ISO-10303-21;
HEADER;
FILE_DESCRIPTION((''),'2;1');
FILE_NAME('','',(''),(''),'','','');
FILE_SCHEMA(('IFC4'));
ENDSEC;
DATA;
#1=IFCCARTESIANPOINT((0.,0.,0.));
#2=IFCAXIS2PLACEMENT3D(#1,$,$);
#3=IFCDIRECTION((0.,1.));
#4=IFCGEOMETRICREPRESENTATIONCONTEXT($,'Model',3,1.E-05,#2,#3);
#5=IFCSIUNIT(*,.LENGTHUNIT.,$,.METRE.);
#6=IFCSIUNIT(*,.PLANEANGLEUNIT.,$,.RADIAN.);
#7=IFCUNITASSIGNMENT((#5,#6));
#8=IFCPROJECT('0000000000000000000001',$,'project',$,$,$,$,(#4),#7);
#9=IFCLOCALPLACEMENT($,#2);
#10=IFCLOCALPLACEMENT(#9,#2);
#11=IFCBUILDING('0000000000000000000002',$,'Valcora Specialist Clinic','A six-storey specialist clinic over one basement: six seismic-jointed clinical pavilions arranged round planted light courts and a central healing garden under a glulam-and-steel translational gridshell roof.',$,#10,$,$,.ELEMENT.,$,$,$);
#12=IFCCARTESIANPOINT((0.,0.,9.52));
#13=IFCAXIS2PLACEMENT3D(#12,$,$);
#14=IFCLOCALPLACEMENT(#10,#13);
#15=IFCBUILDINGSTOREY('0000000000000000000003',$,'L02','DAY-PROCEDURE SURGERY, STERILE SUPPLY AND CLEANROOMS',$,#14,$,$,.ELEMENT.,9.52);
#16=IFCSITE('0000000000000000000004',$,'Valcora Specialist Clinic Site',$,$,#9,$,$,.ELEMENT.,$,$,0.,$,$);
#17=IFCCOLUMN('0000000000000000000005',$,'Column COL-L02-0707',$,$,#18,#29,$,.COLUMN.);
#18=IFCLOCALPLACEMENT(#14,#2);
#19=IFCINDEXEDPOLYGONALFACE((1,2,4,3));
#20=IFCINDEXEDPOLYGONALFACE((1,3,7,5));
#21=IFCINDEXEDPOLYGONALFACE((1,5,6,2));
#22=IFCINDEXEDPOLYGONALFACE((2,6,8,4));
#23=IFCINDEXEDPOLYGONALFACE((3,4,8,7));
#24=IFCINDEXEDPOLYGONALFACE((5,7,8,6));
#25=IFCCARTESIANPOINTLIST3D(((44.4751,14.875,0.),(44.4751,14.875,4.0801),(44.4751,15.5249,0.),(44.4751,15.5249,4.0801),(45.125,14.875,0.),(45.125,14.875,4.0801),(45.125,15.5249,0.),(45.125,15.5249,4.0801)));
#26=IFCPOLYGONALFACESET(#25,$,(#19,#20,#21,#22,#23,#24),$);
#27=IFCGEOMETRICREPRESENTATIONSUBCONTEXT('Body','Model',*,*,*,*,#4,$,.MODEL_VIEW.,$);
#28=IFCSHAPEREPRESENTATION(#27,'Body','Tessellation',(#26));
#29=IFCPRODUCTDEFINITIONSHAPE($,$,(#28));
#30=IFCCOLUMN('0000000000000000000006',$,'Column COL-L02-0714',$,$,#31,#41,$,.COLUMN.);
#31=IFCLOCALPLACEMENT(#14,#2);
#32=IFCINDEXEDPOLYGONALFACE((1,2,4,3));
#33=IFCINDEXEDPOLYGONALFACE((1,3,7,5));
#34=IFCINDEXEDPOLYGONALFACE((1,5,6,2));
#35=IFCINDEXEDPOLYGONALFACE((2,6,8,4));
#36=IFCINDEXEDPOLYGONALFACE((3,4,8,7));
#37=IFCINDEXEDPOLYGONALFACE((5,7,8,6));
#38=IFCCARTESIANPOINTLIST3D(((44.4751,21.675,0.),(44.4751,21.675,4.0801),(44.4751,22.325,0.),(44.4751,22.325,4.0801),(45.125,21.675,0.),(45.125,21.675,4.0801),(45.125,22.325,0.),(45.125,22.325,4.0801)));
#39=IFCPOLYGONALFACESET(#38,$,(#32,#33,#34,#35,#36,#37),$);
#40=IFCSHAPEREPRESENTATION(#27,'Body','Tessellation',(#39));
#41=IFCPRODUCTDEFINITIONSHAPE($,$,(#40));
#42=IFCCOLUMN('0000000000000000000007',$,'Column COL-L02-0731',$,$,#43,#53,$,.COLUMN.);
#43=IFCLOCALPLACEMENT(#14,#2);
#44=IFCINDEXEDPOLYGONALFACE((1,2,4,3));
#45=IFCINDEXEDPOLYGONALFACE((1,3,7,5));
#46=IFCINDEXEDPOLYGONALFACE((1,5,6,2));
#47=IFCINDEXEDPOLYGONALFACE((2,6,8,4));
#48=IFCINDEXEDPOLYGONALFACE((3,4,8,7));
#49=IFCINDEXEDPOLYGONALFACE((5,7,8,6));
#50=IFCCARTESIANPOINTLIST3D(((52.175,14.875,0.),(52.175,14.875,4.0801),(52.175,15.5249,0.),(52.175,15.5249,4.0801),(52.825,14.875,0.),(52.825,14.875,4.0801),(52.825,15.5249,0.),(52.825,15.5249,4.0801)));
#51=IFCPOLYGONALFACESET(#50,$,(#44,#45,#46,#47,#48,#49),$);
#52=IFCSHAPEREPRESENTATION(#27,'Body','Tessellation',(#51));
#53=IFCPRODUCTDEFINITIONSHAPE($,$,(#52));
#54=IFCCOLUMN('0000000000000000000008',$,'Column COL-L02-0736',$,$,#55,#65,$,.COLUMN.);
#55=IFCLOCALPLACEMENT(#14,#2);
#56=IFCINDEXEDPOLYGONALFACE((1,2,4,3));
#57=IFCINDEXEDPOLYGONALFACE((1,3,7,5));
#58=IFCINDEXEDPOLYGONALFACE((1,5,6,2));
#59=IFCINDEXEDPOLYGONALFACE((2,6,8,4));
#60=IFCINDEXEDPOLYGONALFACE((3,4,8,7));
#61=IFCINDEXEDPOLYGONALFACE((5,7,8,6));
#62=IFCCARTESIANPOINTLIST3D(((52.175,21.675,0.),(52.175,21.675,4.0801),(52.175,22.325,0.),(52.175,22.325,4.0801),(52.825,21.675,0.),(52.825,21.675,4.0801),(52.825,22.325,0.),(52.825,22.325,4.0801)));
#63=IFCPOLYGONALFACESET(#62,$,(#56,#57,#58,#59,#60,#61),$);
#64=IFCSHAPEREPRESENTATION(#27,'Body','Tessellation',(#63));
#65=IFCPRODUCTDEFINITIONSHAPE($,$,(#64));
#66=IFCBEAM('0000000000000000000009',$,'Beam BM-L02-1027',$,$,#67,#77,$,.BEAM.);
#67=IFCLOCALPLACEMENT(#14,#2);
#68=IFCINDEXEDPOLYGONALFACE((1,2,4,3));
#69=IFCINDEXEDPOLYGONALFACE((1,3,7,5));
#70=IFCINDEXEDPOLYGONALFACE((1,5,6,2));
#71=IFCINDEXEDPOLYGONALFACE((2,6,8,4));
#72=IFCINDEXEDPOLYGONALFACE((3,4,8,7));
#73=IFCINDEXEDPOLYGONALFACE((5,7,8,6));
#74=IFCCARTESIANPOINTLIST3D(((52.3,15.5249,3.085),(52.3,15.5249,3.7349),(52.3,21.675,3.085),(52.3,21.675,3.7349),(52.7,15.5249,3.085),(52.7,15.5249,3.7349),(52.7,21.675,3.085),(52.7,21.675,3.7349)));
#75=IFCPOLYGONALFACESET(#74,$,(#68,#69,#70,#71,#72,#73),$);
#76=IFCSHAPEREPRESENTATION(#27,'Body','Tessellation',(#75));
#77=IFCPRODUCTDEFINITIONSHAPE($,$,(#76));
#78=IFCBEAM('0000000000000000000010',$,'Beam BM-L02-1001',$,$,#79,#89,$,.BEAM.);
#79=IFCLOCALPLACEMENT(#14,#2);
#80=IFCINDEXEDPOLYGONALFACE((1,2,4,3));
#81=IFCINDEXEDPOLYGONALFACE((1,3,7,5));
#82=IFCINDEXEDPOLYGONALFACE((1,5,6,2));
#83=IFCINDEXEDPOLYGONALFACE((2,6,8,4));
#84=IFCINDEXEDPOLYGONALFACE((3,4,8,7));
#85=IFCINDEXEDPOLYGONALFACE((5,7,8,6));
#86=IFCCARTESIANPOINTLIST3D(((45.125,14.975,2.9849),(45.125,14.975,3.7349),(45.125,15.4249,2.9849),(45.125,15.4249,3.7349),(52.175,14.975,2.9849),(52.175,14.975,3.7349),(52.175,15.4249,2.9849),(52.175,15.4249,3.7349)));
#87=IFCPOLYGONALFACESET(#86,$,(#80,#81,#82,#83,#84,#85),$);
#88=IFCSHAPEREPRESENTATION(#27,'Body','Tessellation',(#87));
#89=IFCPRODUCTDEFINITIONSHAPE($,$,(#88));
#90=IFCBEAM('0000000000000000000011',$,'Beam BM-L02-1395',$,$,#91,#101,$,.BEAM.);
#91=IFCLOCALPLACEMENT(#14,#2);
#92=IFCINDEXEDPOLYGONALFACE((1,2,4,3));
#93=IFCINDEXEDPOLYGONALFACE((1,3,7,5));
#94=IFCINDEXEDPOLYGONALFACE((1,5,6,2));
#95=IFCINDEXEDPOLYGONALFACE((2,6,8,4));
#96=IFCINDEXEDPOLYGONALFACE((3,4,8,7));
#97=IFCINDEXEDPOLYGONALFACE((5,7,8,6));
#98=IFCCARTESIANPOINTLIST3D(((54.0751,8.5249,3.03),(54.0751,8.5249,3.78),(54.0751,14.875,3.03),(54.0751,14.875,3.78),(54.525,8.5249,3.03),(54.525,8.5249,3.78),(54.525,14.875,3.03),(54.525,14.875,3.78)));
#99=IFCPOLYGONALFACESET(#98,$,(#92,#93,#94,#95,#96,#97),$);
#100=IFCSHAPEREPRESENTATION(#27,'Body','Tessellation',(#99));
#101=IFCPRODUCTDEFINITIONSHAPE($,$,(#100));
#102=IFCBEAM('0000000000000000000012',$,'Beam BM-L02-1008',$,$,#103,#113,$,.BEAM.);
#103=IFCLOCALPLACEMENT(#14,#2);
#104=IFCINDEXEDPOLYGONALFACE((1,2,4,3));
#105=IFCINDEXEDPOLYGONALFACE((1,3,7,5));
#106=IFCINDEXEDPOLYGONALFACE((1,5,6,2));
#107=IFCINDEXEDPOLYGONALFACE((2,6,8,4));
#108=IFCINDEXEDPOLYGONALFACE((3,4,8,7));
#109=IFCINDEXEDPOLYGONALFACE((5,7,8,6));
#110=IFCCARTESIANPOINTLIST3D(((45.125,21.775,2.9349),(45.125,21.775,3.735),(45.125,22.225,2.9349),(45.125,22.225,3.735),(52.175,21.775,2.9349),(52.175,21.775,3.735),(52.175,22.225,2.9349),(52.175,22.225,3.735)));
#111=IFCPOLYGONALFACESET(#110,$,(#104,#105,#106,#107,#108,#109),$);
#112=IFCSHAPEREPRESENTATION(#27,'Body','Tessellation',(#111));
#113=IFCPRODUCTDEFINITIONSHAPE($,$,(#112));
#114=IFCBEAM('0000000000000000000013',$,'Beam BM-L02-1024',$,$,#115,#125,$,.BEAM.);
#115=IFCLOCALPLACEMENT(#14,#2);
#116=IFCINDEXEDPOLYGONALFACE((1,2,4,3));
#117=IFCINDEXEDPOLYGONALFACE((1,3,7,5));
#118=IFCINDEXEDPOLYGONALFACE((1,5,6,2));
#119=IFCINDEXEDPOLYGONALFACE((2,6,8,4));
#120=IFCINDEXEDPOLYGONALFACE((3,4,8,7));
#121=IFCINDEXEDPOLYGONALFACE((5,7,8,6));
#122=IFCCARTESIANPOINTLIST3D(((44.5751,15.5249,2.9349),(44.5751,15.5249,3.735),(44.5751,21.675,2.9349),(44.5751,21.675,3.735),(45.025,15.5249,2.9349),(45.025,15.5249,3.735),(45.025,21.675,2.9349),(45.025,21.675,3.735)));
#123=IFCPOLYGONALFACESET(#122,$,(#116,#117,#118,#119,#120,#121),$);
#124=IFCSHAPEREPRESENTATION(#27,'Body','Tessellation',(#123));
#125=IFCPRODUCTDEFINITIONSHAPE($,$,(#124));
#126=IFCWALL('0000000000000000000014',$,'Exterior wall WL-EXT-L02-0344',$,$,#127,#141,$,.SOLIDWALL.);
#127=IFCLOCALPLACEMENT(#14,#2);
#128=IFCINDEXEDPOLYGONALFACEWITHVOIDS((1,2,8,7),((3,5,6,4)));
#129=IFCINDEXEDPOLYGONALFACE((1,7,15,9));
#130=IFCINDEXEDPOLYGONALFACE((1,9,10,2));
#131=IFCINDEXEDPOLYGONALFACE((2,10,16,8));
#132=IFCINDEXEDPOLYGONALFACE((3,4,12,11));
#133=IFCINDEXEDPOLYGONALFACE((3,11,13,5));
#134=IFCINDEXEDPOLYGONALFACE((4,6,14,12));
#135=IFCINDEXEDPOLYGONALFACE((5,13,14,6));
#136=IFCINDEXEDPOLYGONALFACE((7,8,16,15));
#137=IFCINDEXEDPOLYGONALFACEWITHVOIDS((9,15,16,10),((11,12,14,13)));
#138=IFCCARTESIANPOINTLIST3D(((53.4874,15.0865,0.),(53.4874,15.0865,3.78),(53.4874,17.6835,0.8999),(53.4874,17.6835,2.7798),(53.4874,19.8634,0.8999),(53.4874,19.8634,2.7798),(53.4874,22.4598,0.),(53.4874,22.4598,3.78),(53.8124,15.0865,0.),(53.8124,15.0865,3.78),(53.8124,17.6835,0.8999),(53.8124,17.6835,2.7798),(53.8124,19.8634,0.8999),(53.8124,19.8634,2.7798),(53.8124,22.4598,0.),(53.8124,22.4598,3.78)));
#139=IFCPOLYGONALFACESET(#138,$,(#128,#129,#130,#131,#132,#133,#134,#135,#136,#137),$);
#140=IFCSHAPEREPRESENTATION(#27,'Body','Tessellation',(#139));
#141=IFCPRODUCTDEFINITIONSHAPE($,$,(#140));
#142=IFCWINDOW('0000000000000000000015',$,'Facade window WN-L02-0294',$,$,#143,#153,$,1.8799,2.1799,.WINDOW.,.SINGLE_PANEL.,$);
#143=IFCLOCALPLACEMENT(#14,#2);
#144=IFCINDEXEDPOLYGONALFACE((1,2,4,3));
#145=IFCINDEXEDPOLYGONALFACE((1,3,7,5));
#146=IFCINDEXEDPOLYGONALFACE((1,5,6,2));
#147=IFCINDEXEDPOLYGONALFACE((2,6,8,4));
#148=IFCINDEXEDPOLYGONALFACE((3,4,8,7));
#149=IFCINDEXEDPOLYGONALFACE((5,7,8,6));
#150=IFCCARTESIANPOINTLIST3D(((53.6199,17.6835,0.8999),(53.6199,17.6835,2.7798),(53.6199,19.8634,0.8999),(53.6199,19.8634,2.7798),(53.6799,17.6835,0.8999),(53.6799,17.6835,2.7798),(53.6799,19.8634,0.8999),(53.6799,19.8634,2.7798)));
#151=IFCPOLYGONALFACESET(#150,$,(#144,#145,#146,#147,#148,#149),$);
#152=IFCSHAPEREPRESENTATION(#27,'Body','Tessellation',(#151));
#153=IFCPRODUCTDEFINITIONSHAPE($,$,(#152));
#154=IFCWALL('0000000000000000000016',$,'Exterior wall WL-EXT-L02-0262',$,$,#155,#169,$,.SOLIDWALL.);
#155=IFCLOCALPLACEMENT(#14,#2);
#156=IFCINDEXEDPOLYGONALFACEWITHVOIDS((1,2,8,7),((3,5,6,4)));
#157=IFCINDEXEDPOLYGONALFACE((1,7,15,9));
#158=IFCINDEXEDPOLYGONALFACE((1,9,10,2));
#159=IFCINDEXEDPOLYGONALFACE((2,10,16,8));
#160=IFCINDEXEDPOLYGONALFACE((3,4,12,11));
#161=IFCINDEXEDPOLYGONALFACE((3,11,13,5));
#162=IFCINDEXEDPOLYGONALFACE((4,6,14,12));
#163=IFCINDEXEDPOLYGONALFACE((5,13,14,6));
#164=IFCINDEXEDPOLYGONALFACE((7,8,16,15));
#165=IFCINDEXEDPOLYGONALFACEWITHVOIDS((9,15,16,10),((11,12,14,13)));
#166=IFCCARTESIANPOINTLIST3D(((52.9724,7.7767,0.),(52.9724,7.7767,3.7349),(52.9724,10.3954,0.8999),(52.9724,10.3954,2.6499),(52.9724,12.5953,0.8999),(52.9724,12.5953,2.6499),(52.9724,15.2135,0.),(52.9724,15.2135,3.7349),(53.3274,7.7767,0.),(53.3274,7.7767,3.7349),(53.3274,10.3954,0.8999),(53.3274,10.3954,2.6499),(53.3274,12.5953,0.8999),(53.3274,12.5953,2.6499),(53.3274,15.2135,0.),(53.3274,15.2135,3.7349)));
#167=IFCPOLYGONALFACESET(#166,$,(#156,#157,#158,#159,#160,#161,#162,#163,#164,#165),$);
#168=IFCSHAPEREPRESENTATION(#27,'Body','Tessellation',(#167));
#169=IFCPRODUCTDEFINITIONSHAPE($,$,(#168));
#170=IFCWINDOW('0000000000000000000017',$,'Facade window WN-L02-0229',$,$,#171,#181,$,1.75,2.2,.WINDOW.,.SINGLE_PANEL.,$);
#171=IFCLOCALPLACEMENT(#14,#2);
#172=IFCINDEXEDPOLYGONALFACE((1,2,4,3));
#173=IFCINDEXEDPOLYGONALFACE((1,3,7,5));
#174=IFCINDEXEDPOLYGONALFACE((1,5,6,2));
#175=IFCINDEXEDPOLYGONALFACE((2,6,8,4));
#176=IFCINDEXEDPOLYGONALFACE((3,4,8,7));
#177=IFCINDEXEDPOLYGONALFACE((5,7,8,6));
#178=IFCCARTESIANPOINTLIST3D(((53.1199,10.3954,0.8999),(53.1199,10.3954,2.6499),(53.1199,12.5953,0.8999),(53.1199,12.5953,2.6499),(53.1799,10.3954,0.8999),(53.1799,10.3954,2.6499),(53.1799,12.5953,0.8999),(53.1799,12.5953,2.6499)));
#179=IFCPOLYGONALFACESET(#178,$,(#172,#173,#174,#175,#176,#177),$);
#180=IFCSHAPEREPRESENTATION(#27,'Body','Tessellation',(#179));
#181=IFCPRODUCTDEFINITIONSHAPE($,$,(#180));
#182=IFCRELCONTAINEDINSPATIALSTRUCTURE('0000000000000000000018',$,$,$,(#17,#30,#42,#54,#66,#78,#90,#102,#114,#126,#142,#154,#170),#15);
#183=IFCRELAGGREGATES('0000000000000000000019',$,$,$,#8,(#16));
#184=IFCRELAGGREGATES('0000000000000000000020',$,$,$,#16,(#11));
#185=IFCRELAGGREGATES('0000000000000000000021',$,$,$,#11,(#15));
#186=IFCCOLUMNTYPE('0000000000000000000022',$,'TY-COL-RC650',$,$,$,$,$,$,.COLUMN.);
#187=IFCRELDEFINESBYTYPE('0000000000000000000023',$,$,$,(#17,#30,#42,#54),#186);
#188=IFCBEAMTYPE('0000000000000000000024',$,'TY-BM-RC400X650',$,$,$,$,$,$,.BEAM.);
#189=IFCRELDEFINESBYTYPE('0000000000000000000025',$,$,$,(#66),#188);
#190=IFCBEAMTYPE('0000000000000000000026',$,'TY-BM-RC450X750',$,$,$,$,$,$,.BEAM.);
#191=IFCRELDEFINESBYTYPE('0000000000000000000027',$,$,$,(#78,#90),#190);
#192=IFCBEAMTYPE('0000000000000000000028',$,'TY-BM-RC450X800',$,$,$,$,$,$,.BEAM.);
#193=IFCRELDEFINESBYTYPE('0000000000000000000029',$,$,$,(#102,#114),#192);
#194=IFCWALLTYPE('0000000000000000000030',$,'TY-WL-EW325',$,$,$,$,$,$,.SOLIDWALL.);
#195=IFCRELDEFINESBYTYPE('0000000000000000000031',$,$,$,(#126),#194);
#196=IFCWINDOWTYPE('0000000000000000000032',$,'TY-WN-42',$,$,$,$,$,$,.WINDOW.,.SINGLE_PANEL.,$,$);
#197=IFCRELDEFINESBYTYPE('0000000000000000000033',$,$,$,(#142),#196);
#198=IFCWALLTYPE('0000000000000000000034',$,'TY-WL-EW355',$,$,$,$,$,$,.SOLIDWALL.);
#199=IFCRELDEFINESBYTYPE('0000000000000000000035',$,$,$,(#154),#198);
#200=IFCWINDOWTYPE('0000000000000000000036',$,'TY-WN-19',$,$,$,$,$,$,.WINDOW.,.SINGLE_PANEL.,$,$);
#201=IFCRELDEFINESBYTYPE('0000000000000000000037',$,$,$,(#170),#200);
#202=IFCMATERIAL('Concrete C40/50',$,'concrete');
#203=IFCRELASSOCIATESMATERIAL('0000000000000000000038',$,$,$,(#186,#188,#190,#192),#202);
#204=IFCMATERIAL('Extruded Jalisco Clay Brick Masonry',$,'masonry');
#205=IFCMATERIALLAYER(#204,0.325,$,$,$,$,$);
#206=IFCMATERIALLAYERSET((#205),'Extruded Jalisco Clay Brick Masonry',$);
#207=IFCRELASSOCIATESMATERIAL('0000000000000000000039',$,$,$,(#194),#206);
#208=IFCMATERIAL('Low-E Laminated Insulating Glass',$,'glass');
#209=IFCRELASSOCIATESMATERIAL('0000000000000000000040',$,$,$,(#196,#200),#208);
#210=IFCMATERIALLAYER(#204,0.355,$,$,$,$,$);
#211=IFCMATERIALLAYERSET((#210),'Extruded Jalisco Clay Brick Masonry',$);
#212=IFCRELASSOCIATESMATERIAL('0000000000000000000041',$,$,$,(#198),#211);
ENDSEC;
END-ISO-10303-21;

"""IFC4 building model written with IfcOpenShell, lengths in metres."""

from ifc_helpers import new_model, si_unit, direction, frame, frame_2d, origin, origin_2d, place, context, subcontext, project, spatial, rectangle, extrude, material, layer, layer_set, material_profile, profile_set, type_object, element, fill, save


model = new_model("IFC4")

# Units and contexts
model_context = context("Model", 3, precision=1e-05, world=origin(), true_north=direction((0.0, 1.0)))
body_context = subcontext(model_context, "Body", "Model", "MODEL_VIEW")
ifc_project = project(units=[si_unit("LENGTHUNIT", "METRE"), si_unit("PLANEANGLEUNIT", "RADIAN")], contexts=[model_context])

# Site, building, storey
site_placement = place(None, origin())
site = spatial("IfcSite", under=ifc_project, at=site_placement, Name="Valcora Specialist Clinic Site", CompositionType="ELEMENT", RefElevation=0.0)
building_placement = place(site_placement, origin())
building = spatial("IfcBuilding", under=site, at=building_placement, Name="Valcora Specialist Clinic", Description="A six-storey specialist clinic over one basement: six seismic-jointed clinical pavilions arranged round planted light courts and a central healing garden under a glulam-and-steel translational gridshell roof.", CompositionType="ELEMENT")
storey_placement = place(building_placement, frame((0.0, 0.0, 9.52)))
storey = spatial("IfcBuildingStorey", under=building, at=storey_placement, Name="L02", Description="DAY-PROCEDURE SURGERY, STERILE SUPPLY AND CLEANROOMS", CompositionType="ELEMENT", Elevation=9.52)

# Columns
ifc_material_1 = material(Name="Concrete C40/50", Category="concrete")
ifc_material_profile_1 = material_profile(ifc_material_1, rectangle(XDim=0.6499, YDim=0.6499, at=origin_2d()), Name="RC-COL-650X650")
ifc_profile_set_1 = profile_set([ifc_material_profile_1], Name="Concrete C40/50")
column_type = type_object("IfcColumnType", Name="TY-COL-RC650", PredefinedType="COLUMN", material=ifc_profile_set_1)
for number, where, z_axis, x_axis, name in (
    (1, (44.8, 15.2, 0.0), (0.0, 0.0, 1.0), (1.0, 0.0, 0.0), "Column COL-L02-0707"),
    (2, (44.8, 22.0, 0.0), (0.0, 0.0, 1.0), (1.0, 0.0, 0.0), "Column COL-L02-0714"),
    (3, (52.5, 15.2, 0.0), (0.0, 0.0, 1.0), (1.0, 0.0, 0.0), "Column COL-L02-0731"),
    (4, (52.5, 22.0, 0.0), (0.0, 0.0, 1.0), (1.0, 0.0, 0.0), "Column COL-L02-0736"),
):
    element("IfcColumn", number, at=place(storey_placement, frame(where, z_axis=z_axis, x_axis=x_axis)), inside=storey, type_object=column_type, Name=name, PredefinedType="COLUMN", context=body_context, shape_type="SweptSolid", body=[
        extrude(rectangle(XDim=0.6499, YDim=0.6499, at=origin_2d()), origin(), (0.0, 0.0, 1.0), 4.0801),
    ])

# Beams
ifc_material_profile_2 = material_profile(ifc_material_1, rectangle(XDim=0.3999, YDim=0.6499, at=origin_2d()), Name="RC-BM-400X650")
ifc_profile_set_2 = profile_set([ifc_material_profile_2], Name="Concrete C40/50")
beam_type_1 = type_object("IfcBeamType", Name="TY-BM-RC400X650", PredefinedType="BEAM", material=ifc_profile_set_2)
beam_1_placement = place(storey_placement, frame((52.5, 15.5249, 3.4099), z_axis=(0.0, 1.0, 0.0), x_axis=(-1.0, 0.0, 0.0)))
element("IfcBeam", 5, at=beam_1_placement, inside=storey, type_object=beam_type_1, Name="Beam BM-L02-1027", PredefinedType="BEAM", context=body_context, shape_type="SweptSolid", body=[
    extrude(rectangle(XDim=0.3999, YDim=0.6499, at=origin_2d()), origin(), (0.0, 0.0, 1.0), 6.1501),
])
ifc_material_profile_3 = material_profile(ifc_material_1, rectangle(XDim=0.45, YDim=0.75, at=origin_2d()), Name="RC-BM-450X750")
ifc_profile_set_3 = profile_set([ifc_material_profile_3], Name="Concrete C40/50")
beam_type_2 = type_object("IfcBeamType", Name="TY-BM-RC450X750", PredefinedType="BEAM", material=ifc_profile_set_3)
beam_2_placement = place(storey_placement, frame((45.125, 15.2, 3.3599), z_axis=(1.0, 0.0, 0.0), x_axis=(0.0, 1.0, 0.0)))
element("IfcBeam", 6, at=beam_2_placement, inside=storey, type_object=beam_type_2, Name="Beam BM-L02-1001", PredefinedType="BEAM", context=body_context, shape_type="SweptSolid", body=[
    extrude(rectangle(XDim=0.45, YDim=0.75, at=origin_2d()), origin(), (0.0, 0.0, 1.0), 7.05),
])
beam_3_placement = place(storey_placement, frame((54.3, 8.5249, 3.405), z_axis=(0.0, 1.0, 0.0), x_axis=(-1.0, 0.0, 0.0)))
element("IfcBeam", 7, at=beam_3_placement, inside=storey, type_object=beam_type_2, Name="Beam BM-L02-1395", PredefinedType="BEAM", context=body_context, shape_type="SweptSolid", body=[
    extrude(rectangle(XDim=0.45, YDim=0.75, at=origin_2d()), origin(), (0.0, 0.0, 1.0), 6.3501),
])
ifc_material_profile_4 = material_profile(ifc_material_1, rectangle(XDim=0.45, YDim=0.8, at=origin_2d()), Name="RC-BM-450X800")
ifc_profile_set_4 = profile_set([ifc_material_profile_4], Name="Concrete C40/50")
beam_type_3 = type_object("IfcBeamType", Name="TY-BM-RC450X800", PredefinedType="BEAM", material=ifc_profile_set_4)
beam_4_placement = place(storey_placement, frame((45.125, 22.0, 3.335), z_axis=(1.0, 0.0, 0.0), x_axis=(0.0, 1.0, 0.0)))
element("IfcBeam", 8, at=beam_4_placement, inside=storey, type_object=beam_type_3, Name="Beam BM-L02-1008", PredefinedType="BEAM", context=body_context, shape_type="SweptSolid", body=[
    extrude(rectangle(XDim=0.45, YDim=0.8, at=origin_2d()), origin(), (0.0, 0.0, 1.0), 7.05),
])
beam_5_placement = place(storey_placement, frame((44.8, 15.5249, 3.335), z_axis=(0.0, 1.0, 0.0), x_axis=(-1.0, 0.0, 0.0)))
element("IfcBeam", 9, at=beam_5_placement, inside=storey, type_object=beam_type_3, Name="Beam BM-L02-1024", PredefinedType="BEAM", context=body_context, shape_type="SweptSolid", body=[
    extrude(rectangle(XDim=0.45, YDim=0.8, at=origin_2d()), origin(), (0.0, 0.0, 1.0), 6.1501),
])

# Walls, openings, windows
ifc_material_2 = material(Name="Extruded Jalisco Clay Brick Masonry", Category="masonry")
ifc_layer_1 = layer(ifc_material_2, 0.325)
ifc_layer_set_1 = layer_set([ifc_layer_1], Name="Extruded Jalisco Clay Brick Masonry")
wall_type_1 = type_object("IfcWallType", Name="TY-WL-EW325", PredefinedType="SOLIDWALL", material=ifc_layer_set_1)
wall_1_placement = place(storey_placement, frame((53.6499, 15.0867, 0.0), z_axis=(0.0, 0.0, 1.0), x_axis=(0.0, 1.0, 0.0)))
wall_1 = element("IfcWall", 10, at=wall_1_placement, inside=storey, type_object=wall_type_1, Name="Exterior wall WL-EXT-L02-0344", PredefinedType="SOLIDWALL", context=body_context, shape_type="SweptSolid", body=[
    extrude(rectangle(XDim=7.3733, YDim=0.325, at=frame_2d((3.6865, 0.0))), origin(), (0.0, 0.0, 1.0), 3.78),
])
opening_1_placement = place(wall_1_placement, frame((2.5969, 0.0, 0.8999)))
opening_1 = element("IfcOpeningElement", 11, at=opening_1_placement, cuts=wall_1, PredefinedType="OPENING", context=body_context, shape_type="SweptSolid", body=[
    extrude(rectangle(XDim=2.1799, YDim=1.8799, at=frame_2d((1.0898, 0.9399))), frame((0.0, 0.1724, 0.0), z_axis=(0.0, -1.0, 0.0), x_axis=(1.0, 0.0, 0.0)), (0.0, 0.0, 1.0), 0.345),
])
ifc_material_3 = material(Name="Low-E Laminated Insulating Glass", Category="glass")
window_type_1 = type_object("IfcWindowType", Name="TY-WN-42", PartitioningType="SINGLE_PANEL", PredefinedType="WINDOW", material=ifc_material_3)
window_1_placement = place(opening_1_placement, origin())
window_1 = element("IfcWindow", 12, at=window_1_placement, inside=storey, type_object=window_type_1, Name="Facade window WN-L02-0294", OverallHeight=1.8799, OverallWidth=2.1799, PartitioningType="SINGLE_PANEL", PredefinedType="WINDOW", context=body_context, shape_type="SweptSolid", body=[
    extrude(rectangle(XDim=2.1799, YDim=1.8799, at=frame_2d((1.0898, 0.9399))), frame((0.0, 0.03, 0.0), z_axis=(0.0, -1.0, 0.0), x_axis=(1.0, 0.0, 0.0)), (0.0, 0.0, 1.0), 0.0601),
])
fill(opening_1, window_1)
ifc_layer_2 = layer(ifc_material_2, 0.355)
ifc_layer_set_2 = layer_set([ifc_layer_2], Name="Extruded Jalisco Clay Brick Masonry")
wall_type_2 = type_object("IfcWallType", Name="TY-WL-EW355", PredefinedType="SOLIDWALL", material=ifc_layer_set_2)
wall_2_placement = place(storey_placement, frame((53.1499, 15.2134, 0.0), z_axis=(0.0, 0.0, 1.0), x_axis=(0.0, -1.0, 0.0)))
wall_2 = element("IfcWall", 13, at=wall_2_placement, inside=storey, type_object=wall_type_2, Name="Exterior wall WL-EXT-L02-0262", PredefinedType="SOLIDWALL", context=body_context, shape_type="SweptSolid", body=[
    extrude(rectangle(XDim=7.4368, YDim=0.355, at=frame_2d((3.7183, 0.0))), origin(), (0.0, 0.0, 1.0), 3.7349),
])
opening_2_placement = place(wall_2_placement, frame((2.6179, 0.0, 0.8999)))
opening_2 = element("IfcOpeningElement", 14, at=opening_2_placement, cuts=wall_2, PredefinedType="OPENING", context=body_context, shape_type="SweptSolid", body=[
    extrude(rectangle(XDim=2.2, YDim=1.75, at=frame_2d((1.1001, 0.875))), frame((0.0, 0.1875, 0.0), z_axis=(0.0, -1.0, 0.0), x_axis=(1.0, 0.0, 0.0)), (0.0, 0.0, 1.0), 0.375),
])
window_type_2 = type_object("IfcWindowType", Name="TY-WN-19", PartitioningType="SINGLE_PANEL", PredefinedType="WINDOW", material=ifc_material_3)
window_2_placement = place(opening_2_placement, origin())
window_2 = element("IfcWindow", 15, at=window_2_placement, inside=storey, type_object=window_type_2, Name="Facade window WN-L02-0229", OverallHeight=1.75, OverallWidth=2.2, PartitioningType="SINGLE_PANEL", PredefinedType="WINDOW", context=body_context, shape_type="SweptSolid", body=[
    extrude(rectangle(XDim=2.2, YDim=1.75, at=frame_2d((1.1001, 0.875))), frame((0.0, 0.03, 0.0), z_axis=(0.0, -1.0, 0.0), x_axis=(1.0, 0.0, 0.0)), (0.0, 0.0, 1.0), 0.0601),
])
fill(opening_2, window_2)

save(model, "model.ifc")
